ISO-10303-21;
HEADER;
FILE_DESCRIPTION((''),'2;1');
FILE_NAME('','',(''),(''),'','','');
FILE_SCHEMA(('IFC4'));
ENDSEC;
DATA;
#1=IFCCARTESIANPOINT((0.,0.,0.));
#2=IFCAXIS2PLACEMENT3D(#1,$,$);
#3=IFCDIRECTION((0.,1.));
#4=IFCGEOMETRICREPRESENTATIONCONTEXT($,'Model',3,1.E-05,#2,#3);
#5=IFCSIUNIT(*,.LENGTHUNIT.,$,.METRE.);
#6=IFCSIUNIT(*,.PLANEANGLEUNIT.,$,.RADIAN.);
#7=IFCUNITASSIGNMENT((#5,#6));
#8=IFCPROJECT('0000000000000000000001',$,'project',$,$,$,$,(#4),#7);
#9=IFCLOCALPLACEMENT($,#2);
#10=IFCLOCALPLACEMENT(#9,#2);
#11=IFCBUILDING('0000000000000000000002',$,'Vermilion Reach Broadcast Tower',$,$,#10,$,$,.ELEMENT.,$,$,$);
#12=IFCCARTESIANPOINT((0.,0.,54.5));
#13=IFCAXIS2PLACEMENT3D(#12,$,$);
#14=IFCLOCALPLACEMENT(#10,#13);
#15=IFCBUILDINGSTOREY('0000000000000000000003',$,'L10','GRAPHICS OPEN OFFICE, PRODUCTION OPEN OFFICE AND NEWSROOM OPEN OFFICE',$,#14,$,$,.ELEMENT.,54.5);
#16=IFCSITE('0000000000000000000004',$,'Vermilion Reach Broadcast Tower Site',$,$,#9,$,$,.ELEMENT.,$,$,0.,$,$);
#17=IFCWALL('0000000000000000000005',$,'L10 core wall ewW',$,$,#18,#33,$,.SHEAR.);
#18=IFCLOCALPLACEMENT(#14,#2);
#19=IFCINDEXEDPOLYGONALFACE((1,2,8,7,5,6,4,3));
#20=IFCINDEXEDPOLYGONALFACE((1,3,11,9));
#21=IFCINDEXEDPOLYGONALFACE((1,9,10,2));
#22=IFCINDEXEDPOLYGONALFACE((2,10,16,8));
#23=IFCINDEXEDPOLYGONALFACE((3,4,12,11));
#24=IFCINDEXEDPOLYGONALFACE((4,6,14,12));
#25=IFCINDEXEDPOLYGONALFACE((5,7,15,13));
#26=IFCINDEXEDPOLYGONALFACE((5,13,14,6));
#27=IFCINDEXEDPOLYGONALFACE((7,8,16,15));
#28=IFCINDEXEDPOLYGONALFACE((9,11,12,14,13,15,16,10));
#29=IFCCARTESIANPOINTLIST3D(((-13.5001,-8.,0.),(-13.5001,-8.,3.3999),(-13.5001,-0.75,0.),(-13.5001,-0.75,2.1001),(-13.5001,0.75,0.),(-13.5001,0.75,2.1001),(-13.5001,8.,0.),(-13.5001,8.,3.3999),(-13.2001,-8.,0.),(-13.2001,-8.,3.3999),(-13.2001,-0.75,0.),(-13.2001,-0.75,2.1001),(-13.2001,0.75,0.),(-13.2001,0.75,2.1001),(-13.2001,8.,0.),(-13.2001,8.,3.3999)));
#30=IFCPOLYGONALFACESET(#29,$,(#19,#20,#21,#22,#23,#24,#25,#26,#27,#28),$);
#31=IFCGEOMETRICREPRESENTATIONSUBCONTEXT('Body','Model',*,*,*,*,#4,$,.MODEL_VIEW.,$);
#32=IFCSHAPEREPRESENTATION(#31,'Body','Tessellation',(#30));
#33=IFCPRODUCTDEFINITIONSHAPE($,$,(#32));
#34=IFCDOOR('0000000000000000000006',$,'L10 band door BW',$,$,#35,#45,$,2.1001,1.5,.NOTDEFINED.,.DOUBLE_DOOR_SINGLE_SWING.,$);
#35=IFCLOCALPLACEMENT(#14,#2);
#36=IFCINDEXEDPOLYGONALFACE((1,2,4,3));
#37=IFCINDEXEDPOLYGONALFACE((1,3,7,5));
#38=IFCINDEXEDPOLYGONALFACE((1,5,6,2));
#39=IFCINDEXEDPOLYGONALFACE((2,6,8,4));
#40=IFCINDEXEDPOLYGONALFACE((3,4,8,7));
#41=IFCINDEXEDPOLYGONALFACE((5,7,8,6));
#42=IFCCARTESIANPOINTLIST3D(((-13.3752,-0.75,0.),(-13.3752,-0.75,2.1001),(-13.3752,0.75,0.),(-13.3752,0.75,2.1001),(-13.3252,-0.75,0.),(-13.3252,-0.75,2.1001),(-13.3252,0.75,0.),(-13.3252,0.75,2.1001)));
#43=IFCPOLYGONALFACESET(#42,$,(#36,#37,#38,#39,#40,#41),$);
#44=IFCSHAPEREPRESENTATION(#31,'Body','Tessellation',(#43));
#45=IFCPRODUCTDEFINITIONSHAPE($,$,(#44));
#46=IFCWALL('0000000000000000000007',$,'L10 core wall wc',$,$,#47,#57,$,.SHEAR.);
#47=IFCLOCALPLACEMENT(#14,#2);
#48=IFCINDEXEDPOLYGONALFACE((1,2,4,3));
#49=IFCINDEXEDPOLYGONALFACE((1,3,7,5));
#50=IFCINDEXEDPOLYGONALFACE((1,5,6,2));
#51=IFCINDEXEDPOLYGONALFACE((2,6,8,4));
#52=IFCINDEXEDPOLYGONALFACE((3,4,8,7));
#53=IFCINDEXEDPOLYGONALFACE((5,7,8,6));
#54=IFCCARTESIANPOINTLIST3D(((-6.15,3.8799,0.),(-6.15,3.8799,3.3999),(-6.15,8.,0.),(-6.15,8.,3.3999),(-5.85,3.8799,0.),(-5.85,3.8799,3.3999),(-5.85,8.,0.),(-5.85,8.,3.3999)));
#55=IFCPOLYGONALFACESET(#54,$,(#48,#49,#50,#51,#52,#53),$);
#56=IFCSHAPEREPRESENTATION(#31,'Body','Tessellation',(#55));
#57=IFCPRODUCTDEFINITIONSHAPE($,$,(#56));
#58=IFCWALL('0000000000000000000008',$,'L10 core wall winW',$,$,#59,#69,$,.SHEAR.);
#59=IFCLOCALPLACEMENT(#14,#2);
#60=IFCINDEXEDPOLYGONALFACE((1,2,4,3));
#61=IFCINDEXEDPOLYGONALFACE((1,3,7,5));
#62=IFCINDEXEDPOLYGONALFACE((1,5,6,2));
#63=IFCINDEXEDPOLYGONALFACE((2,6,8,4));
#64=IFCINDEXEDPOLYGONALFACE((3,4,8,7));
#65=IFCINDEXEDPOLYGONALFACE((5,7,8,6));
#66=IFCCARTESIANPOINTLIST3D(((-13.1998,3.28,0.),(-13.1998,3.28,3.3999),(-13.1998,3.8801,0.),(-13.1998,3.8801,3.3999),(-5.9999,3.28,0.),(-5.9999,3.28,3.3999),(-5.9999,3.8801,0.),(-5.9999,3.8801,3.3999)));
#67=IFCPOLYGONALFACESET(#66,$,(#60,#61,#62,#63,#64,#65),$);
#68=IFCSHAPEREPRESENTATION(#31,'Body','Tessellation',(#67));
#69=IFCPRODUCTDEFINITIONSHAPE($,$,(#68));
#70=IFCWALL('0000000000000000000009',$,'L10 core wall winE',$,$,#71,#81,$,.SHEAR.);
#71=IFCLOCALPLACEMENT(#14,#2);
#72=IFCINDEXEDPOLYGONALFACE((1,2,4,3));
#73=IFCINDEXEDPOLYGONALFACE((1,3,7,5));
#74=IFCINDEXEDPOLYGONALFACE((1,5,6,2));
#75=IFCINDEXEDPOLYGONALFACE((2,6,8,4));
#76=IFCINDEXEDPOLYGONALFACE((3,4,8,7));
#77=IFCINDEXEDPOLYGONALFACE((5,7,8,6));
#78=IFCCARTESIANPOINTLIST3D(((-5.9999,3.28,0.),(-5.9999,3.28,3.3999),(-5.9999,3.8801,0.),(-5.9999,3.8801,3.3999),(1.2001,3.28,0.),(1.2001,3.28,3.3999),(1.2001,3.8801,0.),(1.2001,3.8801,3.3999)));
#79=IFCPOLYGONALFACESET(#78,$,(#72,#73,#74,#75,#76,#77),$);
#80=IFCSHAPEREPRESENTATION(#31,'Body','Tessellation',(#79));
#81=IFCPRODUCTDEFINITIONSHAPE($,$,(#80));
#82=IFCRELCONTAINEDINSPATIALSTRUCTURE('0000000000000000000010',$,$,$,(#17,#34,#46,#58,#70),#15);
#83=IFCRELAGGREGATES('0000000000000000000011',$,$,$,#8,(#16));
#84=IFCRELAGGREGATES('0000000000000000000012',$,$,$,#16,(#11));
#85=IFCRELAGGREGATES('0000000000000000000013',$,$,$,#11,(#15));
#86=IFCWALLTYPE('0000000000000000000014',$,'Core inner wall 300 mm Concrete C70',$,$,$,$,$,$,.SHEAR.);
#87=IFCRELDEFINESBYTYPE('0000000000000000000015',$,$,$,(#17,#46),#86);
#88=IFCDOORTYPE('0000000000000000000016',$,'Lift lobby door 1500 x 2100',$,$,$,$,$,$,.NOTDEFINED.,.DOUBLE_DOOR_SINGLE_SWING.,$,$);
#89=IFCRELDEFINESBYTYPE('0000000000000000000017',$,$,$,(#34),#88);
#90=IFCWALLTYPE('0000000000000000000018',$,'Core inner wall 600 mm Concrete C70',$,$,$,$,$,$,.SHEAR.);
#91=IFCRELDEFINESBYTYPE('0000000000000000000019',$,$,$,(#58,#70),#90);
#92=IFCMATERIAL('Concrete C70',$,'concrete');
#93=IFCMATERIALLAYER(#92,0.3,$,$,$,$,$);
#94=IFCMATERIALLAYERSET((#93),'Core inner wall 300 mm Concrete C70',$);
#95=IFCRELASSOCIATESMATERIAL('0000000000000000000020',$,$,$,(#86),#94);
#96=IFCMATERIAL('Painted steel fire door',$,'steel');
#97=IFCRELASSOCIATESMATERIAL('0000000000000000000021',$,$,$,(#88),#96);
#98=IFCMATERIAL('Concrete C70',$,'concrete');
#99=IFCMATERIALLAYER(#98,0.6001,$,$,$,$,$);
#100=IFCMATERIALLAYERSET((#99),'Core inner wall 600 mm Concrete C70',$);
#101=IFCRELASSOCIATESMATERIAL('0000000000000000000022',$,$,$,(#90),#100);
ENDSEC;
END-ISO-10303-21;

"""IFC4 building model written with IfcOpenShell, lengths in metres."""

from ifc_helpers import new_model, si_unit, direction, frame, frame_2d, origin, place, context, subcontext, project, spatial, rectangle, extrude, material, layer, layer_set, type_object, element, fill, save


model = new_model("IFC4")

# Units and contexts
model_context = context("Model", 3, precision=1e-05, world=origin(), true_north=direction((0.0, 1.0)))
body_context = subcontext(model_context, "Body", "Model", "MODEL_VIEW")
ifc_project = project(units=[si_unit("LENGTHUNIT", "METRE"), si_unit("PLANEANGLEUNIT", "RADIAN")], contexts=[model_context])

# Site, building, storey
site_placement = place(None, origin())
site = spatial("IfcSite", under=ifc_project, at=site_placement, Name="Vermilion Reach Broadcast Tower Site", CompositionType="ELEMENT", RefElevation=0.0)
building_placement = place(site_placement, origin())
building = spatial("IfcBuilding", under=site, at=building_placement, Name="Vermilion Reach Broadcast Tower", CompositionType="ELEMENT")
storey_placement = place(building_placement, frame((0.0, 0.0, 54.5)))
storey = spatial("IfcBuildingStorey", under=building, at=storey_placement, Name="L10", Description="GRAPHICS OPEN OFFICE, PRODUCTION OPEN OFFICE AND NEWSROOM OPEN OFFICE", CompositionType="ELEMENT", Elevation=54.5)

# Wall, opening, door
ifc_material_1 = material(Name="Concrete C70", Category="concrete")
ifc_layer_1 = layer(ifc_material_1, 0.3)
ifc_layer_set_1 = layer_set([ifc_layer_1], Name="Core inner wall 300 mm Concrete C70")
wall_type_1 = type_object("IfcWallType", Name="Core inner wall 300 mm Concrete C70", PredefinedType="SHEAR", material=ifc_layer_set_1)
wall_1_placement = place(storey_placement, frame((-13.3501, 8.0, 0.0), z_axis=(0.0, 0.0, 1.0), x_axis=(0.0, -1.0, 0.0)))
wall_1 = element("IfcWall", 1, at=wall_1_placement, inside=storey, type_object=wall_type_1, Name="L10 core wall ewW", PredefinedType="SHEAR", context=body_context, shape_type="SweptSolid", body=[
    extrude(rectangle(XDim=16.0, YDim=0.3, at=frame_2d((8.0, 0.0))), origin(), (0.0, 0.0, 1.0), 3.3999),
])
opening_1_placement = place(wall_1_placement, frame((7.25, 0.0, 0.0)))
opening_1 = element("IfcOpeningElement", 2, at=opening_1_placement, cuts=wall_1, PredefinedType="OPENING", context=body_context, shape_type="SweptSolid", body=[
    extrude(rectangle(XDim=1.5, YDim=2.1001, at=frame_2d((0.75, 1.05))), frame((0.0, 0.1599, 0.0), z_axis=(0.0, -1.0, 0.0), x_axis=(1.0, 0.0, 0.0)), (0.0, 0.0, 1.0), 0.3201),
])
ifc_material_2 = material(Name="Painted steel fire door", Category="steel")
door_type_1 = type_object("IfcDoorType", Name="Lift lobby door 1500 x 2100", OperationType="DOUBLE_DOOR_SINGLE_SWING", PredefinedType="NOTDEFINED", material=ifc_material_2)
door_1_placement = place(opening_1_placement, origin())
door_1 = element("IfcDoor", 3, at=door_1_placement, inside=storey, type_object=door_type_1, Name="L10 band door BW", OperationType="DOUBLE_DOOR_SINGLE_SWING", OverallHeight=2.1001, OverallWidth=1.5, PredefinedType="NOTDEFINED", context=body_context, shape_type="SweptSolid", body=[
    extrude(rectangle(XDim=1.5, YDim=2.1001, at=frame_2d((0.75, 1.05))), frame((0.0, 0.0249, 0.0), z_axis=(0.0, -1.0, 0.0), x_axis=(1.0, 0.0, 0.0)), (0.0, 0.0, 1.0), 0.05),
])
fill(opening_1, door_1)

# Walls
wall_2_placement = place(storey_placement, frame((-6.0, 3.8799, 0.0), z_axis=(0.0, 0.0, 1.0), x_axis=(0.0, 1.0, 0.0)))
element("IfcWall", 4, at=wall_2_placement, inside=storey, type_object=wall_type_1, Name="L10 core wall wc", PredefinedType="SHEAR", context=body_context, shape_type="SweptSolid", body=[
    extrude(rectangle(XDim=4.1201, YDim=0.3, at=frame_2d((2.0601, 0.0))), origin(), (0.0, 0.0, 1.0), 3.3999),
])
ifc_material_3 = material(Name="Concrete C70", Category="concrete")
ifc_layer_2 = layer(ifc_material_3, 0.6001)
ifc_layer_set_2 = layer_set([ifc_layer_2], Name="Core inner wall 600 mm Concrete C70")
wall_type_2 = type_object("IfcWallType", Name="Core inner wall 600 mm Concrete C70", PredefinedType="SHEAR", material=ifc_layer_set_2)
for number, where, z_axis, x_axis, name in (
    (5, (-13.2, 3.5801, 0.0), (0.0, 0.0, 1.0), (1.0, 0.0, 0.0), "L10 core wall winW"),
    (6, (-6.0, 3.5801, 0.0), (0.0, 0.0, 1.0), (1.0, 0.0, 0.0), "L10 core wall winE"),
):
    element("IfcWall", number, at=place(storey_placement, frame(where, z_axis=z_axis, x_axis=x_axis)), inside=storey, type_object=wall_type_2, Name=name, PredefinedType="SHEAR", context=body_context, shape_type="SweptSolid", body=[
        extrude(rectangle(XDim=7.2, YDim=0.6001, at=frame_2d((3.6001, 0.0))), origin(), (0.0, 0.0, 1.0), 3.3999),
    ])

save(model, "model.ifc")
